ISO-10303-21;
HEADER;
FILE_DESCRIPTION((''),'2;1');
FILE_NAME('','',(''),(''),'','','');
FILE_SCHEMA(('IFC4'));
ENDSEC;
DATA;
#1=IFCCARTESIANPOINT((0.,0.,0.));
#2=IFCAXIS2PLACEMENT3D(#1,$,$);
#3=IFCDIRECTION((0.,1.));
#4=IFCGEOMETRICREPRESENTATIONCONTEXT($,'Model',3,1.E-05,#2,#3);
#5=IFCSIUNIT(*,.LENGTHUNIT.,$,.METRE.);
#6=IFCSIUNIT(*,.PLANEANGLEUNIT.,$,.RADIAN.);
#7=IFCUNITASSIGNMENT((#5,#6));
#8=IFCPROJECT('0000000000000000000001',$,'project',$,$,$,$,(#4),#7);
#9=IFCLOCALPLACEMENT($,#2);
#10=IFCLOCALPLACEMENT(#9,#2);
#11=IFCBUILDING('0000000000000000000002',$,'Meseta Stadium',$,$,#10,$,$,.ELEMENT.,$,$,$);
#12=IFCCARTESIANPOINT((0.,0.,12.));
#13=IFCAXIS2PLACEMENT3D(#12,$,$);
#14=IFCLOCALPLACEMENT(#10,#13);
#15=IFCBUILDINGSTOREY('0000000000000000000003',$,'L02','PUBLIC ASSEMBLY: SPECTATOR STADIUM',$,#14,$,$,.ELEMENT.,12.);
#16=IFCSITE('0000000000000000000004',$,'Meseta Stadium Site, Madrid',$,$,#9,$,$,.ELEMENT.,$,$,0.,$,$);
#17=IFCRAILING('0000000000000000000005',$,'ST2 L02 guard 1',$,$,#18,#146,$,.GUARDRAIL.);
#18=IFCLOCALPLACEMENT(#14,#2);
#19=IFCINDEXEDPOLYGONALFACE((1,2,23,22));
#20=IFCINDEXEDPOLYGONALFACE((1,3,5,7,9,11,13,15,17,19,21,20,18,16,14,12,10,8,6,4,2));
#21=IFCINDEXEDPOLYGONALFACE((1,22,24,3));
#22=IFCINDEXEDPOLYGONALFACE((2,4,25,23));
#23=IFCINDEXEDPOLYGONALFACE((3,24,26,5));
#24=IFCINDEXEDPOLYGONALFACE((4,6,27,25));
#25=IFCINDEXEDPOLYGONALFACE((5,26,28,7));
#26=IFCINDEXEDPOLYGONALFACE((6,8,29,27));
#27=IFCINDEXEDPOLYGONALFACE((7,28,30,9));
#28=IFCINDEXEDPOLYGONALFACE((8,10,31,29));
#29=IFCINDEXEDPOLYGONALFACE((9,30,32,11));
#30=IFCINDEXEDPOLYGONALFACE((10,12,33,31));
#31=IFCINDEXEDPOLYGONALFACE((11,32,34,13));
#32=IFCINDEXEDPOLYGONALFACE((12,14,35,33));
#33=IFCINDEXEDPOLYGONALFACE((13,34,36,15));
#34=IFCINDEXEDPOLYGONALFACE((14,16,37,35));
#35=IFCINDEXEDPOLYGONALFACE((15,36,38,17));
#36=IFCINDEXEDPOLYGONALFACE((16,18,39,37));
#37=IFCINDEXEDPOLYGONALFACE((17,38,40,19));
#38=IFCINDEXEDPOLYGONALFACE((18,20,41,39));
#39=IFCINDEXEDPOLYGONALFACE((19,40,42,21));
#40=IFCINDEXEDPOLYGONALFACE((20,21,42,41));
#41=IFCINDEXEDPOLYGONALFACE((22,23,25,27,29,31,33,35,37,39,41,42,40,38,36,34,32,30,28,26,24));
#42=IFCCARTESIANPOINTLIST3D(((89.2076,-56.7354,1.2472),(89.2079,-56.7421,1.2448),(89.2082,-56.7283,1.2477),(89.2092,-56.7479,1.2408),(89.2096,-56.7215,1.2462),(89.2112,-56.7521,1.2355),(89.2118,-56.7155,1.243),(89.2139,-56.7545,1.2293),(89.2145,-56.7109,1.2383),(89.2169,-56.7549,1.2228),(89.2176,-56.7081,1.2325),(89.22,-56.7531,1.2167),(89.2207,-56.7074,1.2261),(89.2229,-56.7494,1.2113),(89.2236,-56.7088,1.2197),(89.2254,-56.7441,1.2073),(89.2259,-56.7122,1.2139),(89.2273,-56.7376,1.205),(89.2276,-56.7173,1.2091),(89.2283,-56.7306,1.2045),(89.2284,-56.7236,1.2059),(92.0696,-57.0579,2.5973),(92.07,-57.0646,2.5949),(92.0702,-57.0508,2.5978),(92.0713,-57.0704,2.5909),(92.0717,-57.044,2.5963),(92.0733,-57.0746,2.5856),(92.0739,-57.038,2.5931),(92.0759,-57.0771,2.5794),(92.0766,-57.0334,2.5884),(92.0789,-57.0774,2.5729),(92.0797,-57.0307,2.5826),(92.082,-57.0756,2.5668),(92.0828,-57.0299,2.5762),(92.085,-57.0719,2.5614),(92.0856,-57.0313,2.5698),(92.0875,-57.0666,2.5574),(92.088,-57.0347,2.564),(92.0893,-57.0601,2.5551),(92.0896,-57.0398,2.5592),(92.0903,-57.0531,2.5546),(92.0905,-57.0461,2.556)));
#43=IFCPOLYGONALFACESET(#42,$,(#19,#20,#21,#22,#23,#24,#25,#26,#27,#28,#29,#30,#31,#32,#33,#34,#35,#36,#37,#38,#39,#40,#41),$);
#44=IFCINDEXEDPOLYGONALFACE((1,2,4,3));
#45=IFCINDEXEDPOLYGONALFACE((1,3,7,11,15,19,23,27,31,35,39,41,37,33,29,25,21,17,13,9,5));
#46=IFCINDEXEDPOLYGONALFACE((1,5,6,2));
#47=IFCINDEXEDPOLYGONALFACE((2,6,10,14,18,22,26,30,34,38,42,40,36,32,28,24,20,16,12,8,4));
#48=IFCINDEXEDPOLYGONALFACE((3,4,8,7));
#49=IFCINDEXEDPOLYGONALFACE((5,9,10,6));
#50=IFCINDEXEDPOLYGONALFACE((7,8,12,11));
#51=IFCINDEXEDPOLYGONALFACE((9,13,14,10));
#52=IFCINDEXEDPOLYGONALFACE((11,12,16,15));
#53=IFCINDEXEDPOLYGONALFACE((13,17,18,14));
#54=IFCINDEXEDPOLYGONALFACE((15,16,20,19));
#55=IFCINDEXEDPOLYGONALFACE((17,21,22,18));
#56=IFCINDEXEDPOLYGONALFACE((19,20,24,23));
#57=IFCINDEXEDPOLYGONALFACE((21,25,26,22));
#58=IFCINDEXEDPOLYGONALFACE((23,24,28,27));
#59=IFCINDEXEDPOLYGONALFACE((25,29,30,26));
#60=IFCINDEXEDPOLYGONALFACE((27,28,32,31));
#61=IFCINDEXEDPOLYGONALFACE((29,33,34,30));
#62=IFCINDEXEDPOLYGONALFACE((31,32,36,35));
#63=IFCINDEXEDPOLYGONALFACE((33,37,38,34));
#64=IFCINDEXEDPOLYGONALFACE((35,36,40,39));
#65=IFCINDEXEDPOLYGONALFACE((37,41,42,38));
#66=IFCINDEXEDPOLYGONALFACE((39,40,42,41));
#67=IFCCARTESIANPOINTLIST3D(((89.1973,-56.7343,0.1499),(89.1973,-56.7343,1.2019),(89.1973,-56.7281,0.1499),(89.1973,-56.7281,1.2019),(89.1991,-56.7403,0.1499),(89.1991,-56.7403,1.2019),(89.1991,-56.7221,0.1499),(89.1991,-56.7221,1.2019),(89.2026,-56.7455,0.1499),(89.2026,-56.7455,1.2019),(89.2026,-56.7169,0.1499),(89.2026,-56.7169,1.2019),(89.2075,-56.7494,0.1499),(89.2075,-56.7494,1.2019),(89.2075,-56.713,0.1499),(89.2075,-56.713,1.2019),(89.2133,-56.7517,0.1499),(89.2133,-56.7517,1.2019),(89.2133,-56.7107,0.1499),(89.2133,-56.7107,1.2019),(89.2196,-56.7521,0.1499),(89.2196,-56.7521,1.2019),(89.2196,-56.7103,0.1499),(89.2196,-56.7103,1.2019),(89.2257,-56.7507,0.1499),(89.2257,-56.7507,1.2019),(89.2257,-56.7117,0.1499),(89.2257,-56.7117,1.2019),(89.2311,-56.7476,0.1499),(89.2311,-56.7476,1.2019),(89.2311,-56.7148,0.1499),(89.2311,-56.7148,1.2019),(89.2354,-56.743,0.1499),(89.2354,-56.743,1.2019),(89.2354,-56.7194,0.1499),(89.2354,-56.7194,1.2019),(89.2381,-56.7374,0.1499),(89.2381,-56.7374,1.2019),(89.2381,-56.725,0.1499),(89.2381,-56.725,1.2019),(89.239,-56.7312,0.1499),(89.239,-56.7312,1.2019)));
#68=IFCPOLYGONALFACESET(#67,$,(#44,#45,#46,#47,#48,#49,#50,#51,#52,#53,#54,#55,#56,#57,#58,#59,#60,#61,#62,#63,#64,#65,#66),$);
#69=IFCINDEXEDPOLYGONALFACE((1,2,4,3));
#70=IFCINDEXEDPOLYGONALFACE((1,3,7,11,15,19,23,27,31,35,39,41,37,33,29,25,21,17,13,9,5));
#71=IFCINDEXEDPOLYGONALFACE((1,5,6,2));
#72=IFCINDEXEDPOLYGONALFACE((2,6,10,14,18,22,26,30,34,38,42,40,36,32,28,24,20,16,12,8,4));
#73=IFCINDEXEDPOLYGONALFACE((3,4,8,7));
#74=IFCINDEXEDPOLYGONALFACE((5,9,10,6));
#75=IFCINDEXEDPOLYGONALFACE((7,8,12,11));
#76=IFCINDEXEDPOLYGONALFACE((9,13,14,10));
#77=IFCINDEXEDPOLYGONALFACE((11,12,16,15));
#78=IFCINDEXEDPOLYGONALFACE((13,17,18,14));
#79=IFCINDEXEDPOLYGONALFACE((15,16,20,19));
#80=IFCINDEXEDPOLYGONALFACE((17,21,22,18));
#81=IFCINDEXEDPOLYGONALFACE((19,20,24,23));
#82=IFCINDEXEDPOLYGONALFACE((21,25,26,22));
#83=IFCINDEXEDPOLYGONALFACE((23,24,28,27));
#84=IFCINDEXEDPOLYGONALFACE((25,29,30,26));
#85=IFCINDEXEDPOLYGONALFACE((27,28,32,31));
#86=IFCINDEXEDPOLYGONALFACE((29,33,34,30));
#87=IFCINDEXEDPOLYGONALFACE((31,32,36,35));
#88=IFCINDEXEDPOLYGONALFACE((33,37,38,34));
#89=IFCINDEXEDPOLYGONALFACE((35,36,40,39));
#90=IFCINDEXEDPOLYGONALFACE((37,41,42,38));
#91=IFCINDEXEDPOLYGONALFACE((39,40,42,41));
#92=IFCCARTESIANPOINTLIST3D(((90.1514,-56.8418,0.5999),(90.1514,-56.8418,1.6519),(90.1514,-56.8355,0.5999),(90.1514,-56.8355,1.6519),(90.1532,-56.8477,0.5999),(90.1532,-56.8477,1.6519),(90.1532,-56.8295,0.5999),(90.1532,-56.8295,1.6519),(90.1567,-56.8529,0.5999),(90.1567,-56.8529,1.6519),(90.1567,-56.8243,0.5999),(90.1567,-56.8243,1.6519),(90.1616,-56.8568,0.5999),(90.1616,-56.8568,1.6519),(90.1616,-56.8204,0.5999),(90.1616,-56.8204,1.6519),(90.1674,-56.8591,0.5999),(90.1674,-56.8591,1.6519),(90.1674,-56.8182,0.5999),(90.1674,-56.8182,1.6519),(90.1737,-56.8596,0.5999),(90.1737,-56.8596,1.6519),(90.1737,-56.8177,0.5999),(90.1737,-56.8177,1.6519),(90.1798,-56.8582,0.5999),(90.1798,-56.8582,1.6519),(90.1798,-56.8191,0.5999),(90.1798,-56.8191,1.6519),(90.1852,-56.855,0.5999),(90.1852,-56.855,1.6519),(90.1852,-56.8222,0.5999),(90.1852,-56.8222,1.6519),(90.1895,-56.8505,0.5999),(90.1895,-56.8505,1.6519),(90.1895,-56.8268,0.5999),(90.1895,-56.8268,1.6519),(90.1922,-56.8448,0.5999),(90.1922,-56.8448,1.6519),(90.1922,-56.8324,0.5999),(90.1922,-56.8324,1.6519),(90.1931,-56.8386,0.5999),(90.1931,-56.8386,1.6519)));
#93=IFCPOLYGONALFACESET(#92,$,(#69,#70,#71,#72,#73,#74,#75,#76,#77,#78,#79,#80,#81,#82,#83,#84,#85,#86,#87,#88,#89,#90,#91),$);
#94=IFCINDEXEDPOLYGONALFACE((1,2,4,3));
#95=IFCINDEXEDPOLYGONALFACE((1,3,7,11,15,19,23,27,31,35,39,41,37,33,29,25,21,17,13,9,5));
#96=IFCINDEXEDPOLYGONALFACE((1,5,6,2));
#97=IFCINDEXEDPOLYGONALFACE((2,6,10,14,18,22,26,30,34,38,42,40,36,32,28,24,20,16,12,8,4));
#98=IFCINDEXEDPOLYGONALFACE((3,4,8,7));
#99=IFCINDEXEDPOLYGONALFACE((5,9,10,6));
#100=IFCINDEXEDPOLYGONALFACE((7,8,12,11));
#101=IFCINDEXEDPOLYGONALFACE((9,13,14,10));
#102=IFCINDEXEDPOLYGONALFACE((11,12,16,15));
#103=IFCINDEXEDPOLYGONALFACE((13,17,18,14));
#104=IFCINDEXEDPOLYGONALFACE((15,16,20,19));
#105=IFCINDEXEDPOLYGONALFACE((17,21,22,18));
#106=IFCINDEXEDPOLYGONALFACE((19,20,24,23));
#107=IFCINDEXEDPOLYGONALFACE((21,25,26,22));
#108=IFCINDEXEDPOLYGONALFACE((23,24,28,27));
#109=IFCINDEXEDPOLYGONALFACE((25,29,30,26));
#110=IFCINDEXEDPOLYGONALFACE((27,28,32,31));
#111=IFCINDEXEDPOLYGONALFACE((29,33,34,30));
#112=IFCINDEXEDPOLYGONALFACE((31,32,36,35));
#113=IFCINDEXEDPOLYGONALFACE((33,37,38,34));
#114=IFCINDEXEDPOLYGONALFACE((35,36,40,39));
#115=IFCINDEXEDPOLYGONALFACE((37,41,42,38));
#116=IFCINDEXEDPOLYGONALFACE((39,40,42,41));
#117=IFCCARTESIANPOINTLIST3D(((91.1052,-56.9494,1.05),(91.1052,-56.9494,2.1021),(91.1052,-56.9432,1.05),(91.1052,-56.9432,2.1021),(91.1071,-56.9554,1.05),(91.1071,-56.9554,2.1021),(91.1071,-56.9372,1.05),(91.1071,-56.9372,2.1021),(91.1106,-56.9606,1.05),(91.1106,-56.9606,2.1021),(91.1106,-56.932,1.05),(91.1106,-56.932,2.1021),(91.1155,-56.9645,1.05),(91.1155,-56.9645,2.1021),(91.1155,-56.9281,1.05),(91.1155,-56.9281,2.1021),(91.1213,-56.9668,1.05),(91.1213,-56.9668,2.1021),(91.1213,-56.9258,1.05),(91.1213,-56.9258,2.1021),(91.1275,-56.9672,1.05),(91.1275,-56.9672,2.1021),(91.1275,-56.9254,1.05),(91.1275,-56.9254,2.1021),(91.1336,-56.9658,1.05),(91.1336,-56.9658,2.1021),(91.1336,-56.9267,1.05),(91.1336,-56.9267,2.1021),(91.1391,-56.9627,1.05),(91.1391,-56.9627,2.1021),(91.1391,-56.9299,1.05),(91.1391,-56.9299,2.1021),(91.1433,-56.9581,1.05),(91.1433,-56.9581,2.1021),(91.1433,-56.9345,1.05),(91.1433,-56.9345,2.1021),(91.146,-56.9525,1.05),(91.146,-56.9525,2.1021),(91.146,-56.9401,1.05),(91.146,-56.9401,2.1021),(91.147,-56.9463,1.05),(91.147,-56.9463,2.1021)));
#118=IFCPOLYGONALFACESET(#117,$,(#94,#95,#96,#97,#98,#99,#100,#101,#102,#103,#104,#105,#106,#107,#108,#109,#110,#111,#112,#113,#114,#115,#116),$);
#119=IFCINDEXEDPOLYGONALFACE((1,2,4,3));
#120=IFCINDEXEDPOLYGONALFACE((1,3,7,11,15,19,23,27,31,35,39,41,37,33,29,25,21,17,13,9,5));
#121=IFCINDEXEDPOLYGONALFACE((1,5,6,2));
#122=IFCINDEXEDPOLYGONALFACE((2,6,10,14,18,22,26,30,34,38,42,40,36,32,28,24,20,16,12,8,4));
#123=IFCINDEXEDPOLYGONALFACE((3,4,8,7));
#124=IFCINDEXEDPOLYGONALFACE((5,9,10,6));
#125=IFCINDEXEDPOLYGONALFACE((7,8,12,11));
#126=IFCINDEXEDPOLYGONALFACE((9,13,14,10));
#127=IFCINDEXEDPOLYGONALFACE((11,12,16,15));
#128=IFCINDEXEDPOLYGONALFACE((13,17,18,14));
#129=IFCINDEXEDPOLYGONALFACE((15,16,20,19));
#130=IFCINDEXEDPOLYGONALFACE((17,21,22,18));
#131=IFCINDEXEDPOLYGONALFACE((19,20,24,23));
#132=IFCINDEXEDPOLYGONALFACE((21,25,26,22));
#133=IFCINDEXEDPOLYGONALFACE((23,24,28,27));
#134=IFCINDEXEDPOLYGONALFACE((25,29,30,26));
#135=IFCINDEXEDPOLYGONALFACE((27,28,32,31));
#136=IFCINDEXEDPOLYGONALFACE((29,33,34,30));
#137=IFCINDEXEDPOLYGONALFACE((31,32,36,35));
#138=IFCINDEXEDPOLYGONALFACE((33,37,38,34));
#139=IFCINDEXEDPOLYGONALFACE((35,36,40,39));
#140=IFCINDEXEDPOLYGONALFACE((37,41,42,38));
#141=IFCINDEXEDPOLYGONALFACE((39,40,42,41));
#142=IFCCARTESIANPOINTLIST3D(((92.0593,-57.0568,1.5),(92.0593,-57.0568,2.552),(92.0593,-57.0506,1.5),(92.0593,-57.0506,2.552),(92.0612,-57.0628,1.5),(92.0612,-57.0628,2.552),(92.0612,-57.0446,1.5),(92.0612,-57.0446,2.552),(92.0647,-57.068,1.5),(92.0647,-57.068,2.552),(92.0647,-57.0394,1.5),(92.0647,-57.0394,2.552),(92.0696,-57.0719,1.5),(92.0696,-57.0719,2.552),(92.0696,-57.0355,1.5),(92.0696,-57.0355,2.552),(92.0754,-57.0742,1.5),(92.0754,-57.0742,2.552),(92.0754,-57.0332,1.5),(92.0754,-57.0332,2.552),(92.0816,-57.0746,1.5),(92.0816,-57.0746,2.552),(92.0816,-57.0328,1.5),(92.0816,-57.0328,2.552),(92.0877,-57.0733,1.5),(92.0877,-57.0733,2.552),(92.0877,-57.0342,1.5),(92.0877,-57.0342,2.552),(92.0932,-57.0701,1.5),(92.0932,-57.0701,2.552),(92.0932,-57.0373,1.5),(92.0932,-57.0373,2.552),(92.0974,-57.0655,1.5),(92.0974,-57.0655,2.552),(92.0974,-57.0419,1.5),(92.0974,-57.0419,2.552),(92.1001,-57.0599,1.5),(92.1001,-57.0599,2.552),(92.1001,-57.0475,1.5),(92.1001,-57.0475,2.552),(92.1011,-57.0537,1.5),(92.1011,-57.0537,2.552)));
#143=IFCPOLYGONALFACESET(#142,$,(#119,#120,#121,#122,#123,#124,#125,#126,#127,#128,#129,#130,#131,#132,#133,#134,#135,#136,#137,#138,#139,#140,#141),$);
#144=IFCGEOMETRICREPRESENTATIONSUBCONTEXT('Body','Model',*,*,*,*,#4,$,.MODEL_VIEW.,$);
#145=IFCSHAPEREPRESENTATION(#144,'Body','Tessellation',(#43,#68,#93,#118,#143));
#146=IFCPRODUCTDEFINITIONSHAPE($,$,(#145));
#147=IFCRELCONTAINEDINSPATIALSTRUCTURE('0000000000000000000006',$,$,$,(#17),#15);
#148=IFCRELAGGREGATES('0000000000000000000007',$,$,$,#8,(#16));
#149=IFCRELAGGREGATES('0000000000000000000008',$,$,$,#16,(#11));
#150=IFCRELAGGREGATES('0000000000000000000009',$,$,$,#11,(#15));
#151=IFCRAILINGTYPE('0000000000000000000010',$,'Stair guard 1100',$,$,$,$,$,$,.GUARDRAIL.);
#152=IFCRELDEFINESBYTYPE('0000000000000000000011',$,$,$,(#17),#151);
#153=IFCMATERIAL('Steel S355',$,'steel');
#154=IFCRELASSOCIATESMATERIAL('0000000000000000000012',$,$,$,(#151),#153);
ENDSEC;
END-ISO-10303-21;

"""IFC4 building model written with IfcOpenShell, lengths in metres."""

from ifc_helpers import new_model, si_unit, direction, frame, origin, origin_2d, place, context, subcontext, project, spatial, circle, extrude, material, type_object, element, save


model = new_model("IFC4")

# Units and contexts
model_context = context("Model", 3, precision=1e-05, world=origin(), true_north=direction((0.0, 1.0)))
body_context = subcontext(model_context, "Body", "Model", "MODEL_VIEW")
ifc_project = project(units=[si_unit("LENGTHUNIT", "METRE"), si_unit("PLANEANGLEUNIT", "RADIAN")], contexts=[model_context])

# Site, building, storey
site_placement = place(None, origin())
site = spatial("IfcSite", under=ifc_project, at=site_placement, Name="Meseta Stadium Site, Madrid", CompositionType="ELEMENT", RefElevation=0.0)
building_placement = place(site_placement, origin())
building = spatial("IfcBuilding", under=site, at=building_placement, Name="Meseta Stadium", CompositionType="ELEMENT")
storey_placement = place(building_placement, frame((0.0, 0.0, 12.0)))
storey = spatial("IfcBuildingStorey", under=building, at=storey_placement, Name="L02", Description="PUBLIC ASSEMBLY: SPECTATOR STADIUM", CompositionType="ELEMENT", Elevation=12.0)

# Railing
ifc_material_1 = material(Name="Steel S355", Category="steel")
railing_type_1 = type_object("IfcRailingType", Name="Stair guard 1100", PredefinedType="GUARDRAIL", material=ifc_material_1)
railing_1_placement = place(storey_placement, frame((89.218, -56.7312, 0.1499)))
element("IfcRailing", 1, at=railing_1_placement, inside=storey, type_object=railing_type_1, Name="ST2 L02 guard 1", PredefinedType="GUARDRAIL", context=body_context, shape_type="SweptSolid", body=[
    extrude(circle(Radius=0.0239, at=origin_2d()), frame((0.0, 0.0, 1.0762), z_axis=(0.899763, -0.101389, 0.424438), x_axis=(0.111976, 0.993711, 0.0)), (0.0, 0.0, 1.0), 3.1809),
    extrude(circle(Radius=0.021, at=origin_2d()), origin(), (0.0, 0.0, 1.0), 1.052),
    extrude(circle(Radius=0.021, at=origin_2d()), frame((0.9541, -0.1074, 0.45)), (0.0, 0.0, 1.0), 1.052),
    extrude(circle(Radius=0.021, at=origin_2d()), frame((1.908, -0.2151, 0.9001)), (0.0, 0.0, 1.0), 1.052),
    extrude(circle(Radius=0.021, at=origin_2d()), frame((2.8621, -0.3225, 1.3501)), (0.0, 0.0, 1.0), 1.052),
])

save(model, "model.ifc")
